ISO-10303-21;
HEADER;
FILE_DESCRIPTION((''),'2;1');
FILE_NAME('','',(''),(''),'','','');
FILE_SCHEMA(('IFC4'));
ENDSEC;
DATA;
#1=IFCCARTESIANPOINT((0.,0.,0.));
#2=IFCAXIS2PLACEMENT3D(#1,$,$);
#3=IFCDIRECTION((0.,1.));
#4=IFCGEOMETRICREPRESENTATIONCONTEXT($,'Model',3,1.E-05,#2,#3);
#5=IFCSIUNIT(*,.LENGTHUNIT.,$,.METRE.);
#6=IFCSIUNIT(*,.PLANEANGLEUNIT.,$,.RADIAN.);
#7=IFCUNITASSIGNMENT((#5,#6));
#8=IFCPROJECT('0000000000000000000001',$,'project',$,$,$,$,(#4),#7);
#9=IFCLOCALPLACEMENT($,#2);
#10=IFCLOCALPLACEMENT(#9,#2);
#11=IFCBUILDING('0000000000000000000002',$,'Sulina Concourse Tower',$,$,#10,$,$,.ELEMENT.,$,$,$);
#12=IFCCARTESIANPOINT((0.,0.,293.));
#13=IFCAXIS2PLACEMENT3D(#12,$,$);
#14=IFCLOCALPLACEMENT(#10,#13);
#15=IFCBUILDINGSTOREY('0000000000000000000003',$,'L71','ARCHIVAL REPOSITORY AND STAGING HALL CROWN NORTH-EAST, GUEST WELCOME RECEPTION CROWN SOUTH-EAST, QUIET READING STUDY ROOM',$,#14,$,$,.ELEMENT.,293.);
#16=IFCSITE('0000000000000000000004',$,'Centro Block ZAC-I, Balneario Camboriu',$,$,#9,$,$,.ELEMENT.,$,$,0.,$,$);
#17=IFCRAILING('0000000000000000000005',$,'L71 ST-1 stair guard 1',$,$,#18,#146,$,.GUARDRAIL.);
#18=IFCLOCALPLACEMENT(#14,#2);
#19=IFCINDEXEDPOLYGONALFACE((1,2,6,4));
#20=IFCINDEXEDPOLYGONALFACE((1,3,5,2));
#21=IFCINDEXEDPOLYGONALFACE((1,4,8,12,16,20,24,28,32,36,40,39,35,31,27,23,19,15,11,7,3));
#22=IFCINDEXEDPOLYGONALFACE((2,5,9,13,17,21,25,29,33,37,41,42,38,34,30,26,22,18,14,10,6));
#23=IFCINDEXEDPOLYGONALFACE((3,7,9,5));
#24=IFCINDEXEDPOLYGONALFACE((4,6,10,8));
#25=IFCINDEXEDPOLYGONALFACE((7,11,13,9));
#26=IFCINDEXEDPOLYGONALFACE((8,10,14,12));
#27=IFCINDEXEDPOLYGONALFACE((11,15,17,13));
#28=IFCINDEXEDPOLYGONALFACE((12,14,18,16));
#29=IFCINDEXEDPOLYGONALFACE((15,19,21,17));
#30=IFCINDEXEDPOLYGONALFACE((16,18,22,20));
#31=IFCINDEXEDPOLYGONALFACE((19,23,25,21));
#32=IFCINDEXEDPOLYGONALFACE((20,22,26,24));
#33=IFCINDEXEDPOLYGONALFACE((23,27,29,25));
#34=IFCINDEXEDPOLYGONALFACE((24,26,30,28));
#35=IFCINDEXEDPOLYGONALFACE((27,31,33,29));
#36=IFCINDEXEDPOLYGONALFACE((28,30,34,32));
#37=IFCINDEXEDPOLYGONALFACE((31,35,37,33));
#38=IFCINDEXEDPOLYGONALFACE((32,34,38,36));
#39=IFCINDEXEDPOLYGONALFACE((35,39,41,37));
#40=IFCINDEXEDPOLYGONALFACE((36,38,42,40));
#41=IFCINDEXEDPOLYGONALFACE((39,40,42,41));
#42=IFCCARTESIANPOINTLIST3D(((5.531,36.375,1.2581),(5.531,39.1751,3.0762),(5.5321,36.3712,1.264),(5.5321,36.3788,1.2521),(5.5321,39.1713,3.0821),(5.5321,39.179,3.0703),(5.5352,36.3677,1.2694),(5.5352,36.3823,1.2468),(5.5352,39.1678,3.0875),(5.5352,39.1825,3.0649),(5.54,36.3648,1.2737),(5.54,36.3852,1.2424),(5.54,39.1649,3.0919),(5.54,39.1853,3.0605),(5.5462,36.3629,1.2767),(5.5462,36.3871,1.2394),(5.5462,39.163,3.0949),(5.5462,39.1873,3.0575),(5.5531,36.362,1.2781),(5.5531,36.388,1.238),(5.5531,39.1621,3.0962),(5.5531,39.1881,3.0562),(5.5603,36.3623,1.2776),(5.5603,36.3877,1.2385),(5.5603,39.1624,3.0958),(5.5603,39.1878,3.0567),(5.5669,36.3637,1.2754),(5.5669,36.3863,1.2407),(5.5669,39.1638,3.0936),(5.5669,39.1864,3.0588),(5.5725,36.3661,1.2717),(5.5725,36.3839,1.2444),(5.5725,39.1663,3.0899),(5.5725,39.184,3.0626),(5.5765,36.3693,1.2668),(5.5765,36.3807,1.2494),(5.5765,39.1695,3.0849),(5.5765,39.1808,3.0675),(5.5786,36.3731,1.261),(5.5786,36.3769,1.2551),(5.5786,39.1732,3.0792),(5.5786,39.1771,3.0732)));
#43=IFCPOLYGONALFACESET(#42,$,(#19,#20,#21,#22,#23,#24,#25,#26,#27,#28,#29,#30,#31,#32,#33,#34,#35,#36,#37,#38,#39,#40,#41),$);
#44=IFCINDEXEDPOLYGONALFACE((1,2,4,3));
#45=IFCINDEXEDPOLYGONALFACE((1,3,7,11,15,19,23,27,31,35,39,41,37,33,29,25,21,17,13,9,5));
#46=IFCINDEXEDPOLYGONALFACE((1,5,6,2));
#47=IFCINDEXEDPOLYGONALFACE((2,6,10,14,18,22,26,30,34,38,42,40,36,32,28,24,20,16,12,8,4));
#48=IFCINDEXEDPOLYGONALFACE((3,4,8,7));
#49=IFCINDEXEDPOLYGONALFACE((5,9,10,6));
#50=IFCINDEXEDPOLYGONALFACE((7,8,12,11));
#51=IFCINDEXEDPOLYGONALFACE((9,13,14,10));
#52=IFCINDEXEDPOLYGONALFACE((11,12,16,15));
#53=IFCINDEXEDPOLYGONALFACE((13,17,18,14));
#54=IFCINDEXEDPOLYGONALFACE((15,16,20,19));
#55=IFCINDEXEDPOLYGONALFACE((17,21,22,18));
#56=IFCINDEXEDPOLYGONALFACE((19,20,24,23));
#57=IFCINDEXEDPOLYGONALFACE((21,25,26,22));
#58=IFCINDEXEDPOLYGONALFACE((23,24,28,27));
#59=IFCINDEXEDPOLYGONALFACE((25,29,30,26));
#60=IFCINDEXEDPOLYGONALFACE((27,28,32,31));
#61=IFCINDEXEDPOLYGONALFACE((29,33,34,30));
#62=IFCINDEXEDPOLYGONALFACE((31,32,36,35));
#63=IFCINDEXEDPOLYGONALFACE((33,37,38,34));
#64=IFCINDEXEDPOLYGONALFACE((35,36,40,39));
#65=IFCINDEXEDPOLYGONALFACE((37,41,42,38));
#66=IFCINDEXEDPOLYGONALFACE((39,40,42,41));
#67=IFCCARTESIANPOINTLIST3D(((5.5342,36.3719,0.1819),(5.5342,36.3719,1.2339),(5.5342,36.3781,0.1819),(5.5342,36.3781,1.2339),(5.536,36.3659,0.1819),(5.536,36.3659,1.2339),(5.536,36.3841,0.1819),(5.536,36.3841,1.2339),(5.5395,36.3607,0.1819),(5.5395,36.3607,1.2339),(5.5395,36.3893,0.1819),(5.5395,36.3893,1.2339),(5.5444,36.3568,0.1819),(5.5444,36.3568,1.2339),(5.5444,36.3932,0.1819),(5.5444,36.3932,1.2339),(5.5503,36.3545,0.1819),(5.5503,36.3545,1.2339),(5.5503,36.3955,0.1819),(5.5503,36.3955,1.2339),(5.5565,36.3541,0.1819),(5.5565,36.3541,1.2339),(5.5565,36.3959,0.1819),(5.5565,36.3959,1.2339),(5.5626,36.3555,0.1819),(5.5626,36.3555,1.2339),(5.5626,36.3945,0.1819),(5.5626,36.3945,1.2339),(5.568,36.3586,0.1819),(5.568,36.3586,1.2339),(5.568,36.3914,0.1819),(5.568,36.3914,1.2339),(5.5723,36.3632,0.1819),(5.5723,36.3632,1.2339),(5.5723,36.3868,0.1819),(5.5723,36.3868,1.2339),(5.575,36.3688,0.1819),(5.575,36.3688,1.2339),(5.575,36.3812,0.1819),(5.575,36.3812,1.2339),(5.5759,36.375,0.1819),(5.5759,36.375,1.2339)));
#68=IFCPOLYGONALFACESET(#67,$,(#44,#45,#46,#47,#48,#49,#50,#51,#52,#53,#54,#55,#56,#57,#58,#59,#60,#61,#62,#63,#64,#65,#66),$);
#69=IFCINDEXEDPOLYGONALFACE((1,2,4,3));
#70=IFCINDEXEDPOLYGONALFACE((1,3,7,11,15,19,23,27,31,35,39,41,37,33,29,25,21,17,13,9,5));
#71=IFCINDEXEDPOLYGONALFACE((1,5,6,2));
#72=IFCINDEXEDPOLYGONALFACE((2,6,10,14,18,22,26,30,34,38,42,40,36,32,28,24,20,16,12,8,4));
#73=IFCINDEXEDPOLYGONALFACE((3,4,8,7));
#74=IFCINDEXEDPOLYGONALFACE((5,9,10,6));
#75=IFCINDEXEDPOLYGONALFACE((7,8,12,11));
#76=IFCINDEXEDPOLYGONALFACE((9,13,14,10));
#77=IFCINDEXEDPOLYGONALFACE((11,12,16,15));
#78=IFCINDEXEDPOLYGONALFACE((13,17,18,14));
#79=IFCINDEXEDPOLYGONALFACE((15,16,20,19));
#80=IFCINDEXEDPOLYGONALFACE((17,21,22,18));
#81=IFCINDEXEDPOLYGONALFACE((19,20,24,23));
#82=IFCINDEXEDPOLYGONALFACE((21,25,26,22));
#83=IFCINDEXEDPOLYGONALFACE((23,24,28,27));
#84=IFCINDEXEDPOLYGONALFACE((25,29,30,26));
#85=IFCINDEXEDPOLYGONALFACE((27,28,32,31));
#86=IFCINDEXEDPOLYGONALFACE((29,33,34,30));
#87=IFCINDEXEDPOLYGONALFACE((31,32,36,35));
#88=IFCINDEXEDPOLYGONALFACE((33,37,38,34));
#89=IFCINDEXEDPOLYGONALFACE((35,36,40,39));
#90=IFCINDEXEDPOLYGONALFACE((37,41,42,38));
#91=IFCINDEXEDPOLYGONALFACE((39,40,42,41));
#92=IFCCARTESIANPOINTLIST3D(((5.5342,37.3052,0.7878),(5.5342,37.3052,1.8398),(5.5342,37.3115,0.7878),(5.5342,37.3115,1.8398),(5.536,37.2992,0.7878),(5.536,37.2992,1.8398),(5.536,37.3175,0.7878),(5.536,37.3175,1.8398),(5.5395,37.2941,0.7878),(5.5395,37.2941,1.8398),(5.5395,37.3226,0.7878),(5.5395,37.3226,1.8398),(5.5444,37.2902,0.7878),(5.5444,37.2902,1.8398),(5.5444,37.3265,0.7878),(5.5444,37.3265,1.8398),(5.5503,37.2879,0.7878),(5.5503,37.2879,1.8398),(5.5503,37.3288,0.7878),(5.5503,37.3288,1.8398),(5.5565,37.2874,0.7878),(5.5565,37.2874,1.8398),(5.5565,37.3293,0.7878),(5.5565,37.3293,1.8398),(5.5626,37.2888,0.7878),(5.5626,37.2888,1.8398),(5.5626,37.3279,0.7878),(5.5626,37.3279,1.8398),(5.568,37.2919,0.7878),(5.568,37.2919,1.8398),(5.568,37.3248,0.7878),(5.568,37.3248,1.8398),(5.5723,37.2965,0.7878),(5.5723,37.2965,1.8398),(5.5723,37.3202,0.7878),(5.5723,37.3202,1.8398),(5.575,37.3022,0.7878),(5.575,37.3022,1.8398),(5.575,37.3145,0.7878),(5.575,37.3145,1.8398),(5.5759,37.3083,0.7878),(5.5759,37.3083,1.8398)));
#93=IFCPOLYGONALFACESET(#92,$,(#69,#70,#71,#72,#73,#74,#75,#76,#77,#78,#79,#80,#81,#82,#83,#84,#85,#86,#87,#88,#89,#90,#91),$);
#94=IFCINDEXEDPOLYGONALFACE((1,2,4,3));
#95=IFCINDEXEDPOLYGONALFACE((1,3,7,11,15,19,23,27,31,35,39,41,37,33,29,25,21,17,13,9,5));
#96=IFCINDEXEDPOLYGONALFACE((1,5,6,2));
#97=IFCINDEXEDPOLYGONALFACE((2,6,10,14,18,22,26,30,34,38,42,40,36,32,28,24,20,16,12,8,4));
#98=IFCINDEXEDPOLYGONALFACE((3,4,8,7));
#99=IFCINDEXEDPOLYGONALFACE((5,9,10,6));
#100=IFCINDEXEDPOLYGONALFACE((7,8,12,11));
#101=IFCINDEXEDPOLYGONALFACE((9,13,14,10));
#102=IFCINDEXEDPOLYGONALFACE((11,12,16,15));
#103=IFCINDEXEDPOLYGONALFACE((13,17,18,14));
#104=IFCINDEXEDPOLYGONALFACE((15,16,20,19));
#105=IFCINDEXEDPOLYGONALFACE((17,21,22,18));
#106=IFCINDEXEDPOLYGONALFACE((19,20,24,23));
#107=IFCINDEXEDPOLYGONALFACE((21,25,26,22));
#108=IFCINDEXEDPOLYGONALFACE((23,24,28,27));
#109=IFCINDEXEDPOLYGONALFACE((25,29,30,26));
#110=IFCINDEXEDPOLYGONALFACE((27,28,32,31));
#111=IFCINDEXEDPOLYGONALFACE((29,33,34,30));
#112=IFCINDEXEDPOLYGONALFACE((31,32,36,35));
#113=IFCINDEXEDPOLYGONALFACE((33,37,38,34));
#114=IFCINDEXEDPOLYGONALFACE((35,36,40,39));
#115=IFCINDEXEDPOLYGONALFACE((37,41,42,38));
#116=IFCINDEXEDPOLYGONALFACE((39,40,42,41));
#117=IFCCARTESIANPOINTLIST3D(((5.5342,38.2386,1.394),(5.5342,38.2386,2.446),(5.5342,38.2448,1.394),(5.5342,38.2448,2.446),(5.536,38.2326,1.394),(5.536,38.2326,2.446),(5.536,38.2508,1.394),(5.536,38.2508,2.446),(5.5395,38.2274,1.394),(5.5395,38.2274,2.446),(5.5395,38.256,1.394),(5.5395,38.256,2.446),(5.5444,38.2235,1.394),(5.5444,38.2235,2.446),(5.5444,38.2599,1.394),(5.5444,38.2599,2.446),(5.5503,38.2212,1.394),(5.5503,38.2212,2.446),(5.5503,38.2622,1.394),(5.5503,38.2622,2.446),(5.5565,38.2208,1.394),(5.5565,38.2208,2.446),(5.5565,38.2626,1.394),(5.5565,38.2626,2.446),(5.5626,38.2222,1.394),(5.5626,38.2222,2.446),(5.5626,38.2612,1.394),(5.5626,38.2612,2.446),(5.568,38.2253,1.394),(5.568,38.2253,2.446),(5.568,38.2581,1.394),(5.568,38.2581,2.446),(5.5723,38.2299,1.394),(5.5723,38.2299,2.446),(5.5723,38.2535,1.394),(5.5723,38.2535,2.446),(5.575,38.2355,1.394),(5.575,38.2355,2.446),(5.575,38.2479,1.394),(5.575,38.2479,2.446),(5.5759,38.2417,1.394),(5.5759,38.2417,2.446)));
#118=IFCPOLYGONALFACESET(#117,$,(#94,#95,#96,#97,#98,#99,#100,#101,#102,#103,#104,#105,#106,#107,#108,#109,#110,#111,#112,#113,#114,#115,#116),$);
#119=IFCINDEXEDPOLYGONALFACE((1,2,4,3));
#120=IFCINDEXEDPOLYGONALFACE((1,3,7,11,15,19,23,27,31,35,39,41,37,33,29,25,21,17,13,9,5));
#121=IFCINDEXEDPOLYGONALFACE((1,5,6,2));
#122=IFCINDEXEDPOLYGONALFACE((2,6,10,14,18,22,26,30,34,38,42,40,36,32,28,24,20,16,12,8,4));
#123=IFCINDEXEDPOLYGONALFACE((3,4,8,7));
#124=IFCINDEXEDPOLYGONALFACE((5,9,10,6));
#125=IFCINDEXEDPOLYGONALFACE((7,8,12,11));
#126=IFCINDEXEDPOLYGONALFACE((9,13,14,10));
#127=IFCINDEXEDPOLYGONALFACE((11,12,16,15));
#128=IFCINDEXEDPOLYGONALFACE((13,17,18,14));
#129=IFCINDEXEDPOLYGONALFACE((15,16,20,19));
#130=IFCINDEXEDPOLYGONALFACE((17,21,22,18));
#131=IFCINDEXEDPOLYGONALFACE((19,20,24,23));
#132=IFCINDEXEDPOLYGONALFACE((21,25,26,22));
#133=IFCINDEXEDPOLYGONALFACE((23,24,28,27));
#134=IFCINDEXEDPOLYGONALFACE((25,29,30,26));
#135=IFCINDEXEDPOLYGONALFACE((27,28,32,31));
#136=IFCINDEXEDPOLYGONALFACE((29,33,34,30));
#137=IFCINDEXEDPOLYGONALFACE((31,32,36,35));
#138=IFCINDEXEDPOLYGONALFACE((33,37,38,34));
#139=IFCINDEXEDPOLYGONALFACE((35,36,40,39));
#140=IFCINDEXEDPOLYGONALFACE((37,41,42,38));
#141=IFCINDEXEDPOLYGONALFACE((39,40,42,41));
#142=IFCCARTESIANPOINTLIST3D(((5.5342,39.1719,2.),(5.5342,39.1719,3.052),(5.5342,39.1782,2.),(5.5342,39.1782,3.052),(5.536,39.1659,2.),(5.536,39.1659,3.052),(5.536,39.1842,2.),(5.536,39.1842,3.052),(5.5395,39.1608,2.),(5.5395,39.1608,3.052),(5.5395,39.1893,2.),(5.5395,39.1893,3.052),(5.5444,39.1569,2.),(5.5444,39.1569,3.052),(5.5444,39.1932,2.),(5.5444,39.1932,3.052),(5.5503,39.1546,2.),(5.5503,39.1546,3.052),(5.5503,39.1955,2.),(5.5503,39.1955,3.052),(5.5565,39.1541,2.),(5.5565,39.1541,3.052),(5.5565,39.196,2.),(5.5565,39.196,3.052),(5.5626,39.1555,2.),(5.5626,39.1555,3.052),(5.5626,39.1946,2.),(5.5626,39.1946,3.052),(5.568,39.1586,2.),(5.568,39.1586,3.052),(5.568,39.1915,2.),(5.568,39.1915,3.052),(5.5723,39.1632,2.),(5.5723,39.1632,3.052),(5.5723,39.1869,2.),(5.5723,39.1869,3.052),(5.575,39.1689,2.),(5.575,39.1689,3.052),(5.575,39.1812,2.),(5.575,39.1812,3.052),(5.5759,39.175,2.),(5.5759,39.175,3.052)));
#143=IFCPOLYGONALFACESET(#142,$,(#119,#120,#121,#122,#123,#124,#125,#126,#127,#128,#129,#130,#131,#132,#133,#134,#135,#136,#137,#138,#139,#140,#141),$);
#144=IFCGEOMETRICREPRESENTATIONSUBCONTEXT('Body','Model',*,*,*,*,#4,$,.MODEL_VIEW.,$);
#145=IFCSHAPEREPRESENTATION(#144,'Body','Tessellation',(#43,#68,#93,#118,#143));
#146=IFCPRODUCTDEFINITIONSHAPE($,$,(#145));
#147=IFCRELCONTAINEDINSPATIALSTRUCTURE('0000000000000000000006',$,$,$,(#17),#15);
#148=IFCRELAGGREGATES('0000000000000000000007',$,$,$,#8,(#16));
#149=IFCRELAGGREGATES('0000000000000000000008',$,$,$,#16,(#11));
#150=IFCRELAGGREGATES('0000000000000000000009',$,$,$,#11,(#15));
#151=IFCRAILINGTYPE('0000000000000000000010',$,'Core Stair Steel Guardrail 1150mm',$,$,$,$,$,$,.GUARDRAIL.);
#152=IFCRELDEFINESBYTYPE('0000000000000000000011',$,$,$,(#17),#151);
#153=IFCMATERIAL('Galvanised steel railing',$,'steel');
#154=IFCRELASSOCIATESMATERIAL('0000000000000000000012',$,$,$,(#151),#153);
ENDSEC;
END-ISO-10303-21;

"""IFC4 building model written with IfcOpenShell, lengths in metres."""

from ifc_helpers import new_model, si_unit, direction, frame, origin, origin_2d, place, context, subcontext, project, spatial, circle, extrude, material, type_object, element, save


model = new_model("IFC4")

# Units and contexts
model_context = context("Model", 3, precision=1e-05, world=origin(), true_north=direction((0.0, 1.0)))
body_context = subcontext(model_context, "Body", "Model", "MODEL_VIEW")
ifc_project = project(units=[si_unit("LENGTHUNIT", "METRE"), si_unit("PLANEANGLEUNIT", "RADIAN")], contexts=[model_context])

# Site, building, storey
site_placement = place(None, origin())
site = spatial("IfcSite", under=ifc_project, at=site_placement, Name="Centro Block ZAC-I, Balneario Camboriu", CompositionType="ELEMENT", RefElevation=0.0)
building_placement = place(site_placement, origin())
building = spatial("IfcBuilding", under=site, at=building_placement, Name="Sulina Concourse Tower", CompositionType="ELEMENT")
storey_placement = place(building_placement, frame((0.0, 0.0, 293.0)))
storey = spatial("IfcBuildingStorey", under=building, at=storey_placement, Name="L71", Description="ARCHIVAL REPOSITORY AND STAGING HALL CROWN NORTH-EAST, GUEST WELCOME RECEPTION CROWN SOUTH-EAST, QUIET READING STUDY ROOM", CompositionType="ELEMENT", Elevation=293.0)

# Railing
ifc_material_1 = material(Name="Galvanised steel railing", Category="steel")
railing_type_1 = type_object("IfcRailingType", Name="Core Stair Steel Guardrail 1150mm", PredefinedType="GUARDRAIL", material=ifc_material_1)
railing_1_placement = place(storey_placement, frame((5.5549, 36.375, 0.1819)))
element("IfcRailing", 1, at=railing_1_placement, inside=storey, type_object=railing_type_1, Name="L71 ST-1 stair guard 1", PredefinedType="GUARDRAIL", context=body_context, shape_type="SweptSolid", body=[
    extrude(circle(Radius=0.0239, at=origin_2d()), frame((0.0, 0.0, 1.0762), z_axis=(0.0, 0.838706, 0.544585), x_axis=(-1.0, 0.0, 0.0)), (0.0, 0.0, 1.0), 3.3386),
    extrude(circle(Radius=0.021, at=origin_2d()), origin(), (0.0, 0.0, 1.0), 1.052),
    extrude(circle(Radius=0.021, at=origin_2d()), frame((0.0, 0.9333, 0.606)), (0.0, 0.0, 1.0), 1.052),
    extrude(circle(Radius=0.021, at=origin_2d()), frame((0.0, 1.8667, 1.2122)), (0.0, 0.0, 1.0), 1.052),
    extrude(circle(Radius=0.021, at=origin_2d()), frame((0.0, 2.8, 1.8181)), (0.0, 0.0, 1.0), 1.052),
])

save(model, "model.ifc")
